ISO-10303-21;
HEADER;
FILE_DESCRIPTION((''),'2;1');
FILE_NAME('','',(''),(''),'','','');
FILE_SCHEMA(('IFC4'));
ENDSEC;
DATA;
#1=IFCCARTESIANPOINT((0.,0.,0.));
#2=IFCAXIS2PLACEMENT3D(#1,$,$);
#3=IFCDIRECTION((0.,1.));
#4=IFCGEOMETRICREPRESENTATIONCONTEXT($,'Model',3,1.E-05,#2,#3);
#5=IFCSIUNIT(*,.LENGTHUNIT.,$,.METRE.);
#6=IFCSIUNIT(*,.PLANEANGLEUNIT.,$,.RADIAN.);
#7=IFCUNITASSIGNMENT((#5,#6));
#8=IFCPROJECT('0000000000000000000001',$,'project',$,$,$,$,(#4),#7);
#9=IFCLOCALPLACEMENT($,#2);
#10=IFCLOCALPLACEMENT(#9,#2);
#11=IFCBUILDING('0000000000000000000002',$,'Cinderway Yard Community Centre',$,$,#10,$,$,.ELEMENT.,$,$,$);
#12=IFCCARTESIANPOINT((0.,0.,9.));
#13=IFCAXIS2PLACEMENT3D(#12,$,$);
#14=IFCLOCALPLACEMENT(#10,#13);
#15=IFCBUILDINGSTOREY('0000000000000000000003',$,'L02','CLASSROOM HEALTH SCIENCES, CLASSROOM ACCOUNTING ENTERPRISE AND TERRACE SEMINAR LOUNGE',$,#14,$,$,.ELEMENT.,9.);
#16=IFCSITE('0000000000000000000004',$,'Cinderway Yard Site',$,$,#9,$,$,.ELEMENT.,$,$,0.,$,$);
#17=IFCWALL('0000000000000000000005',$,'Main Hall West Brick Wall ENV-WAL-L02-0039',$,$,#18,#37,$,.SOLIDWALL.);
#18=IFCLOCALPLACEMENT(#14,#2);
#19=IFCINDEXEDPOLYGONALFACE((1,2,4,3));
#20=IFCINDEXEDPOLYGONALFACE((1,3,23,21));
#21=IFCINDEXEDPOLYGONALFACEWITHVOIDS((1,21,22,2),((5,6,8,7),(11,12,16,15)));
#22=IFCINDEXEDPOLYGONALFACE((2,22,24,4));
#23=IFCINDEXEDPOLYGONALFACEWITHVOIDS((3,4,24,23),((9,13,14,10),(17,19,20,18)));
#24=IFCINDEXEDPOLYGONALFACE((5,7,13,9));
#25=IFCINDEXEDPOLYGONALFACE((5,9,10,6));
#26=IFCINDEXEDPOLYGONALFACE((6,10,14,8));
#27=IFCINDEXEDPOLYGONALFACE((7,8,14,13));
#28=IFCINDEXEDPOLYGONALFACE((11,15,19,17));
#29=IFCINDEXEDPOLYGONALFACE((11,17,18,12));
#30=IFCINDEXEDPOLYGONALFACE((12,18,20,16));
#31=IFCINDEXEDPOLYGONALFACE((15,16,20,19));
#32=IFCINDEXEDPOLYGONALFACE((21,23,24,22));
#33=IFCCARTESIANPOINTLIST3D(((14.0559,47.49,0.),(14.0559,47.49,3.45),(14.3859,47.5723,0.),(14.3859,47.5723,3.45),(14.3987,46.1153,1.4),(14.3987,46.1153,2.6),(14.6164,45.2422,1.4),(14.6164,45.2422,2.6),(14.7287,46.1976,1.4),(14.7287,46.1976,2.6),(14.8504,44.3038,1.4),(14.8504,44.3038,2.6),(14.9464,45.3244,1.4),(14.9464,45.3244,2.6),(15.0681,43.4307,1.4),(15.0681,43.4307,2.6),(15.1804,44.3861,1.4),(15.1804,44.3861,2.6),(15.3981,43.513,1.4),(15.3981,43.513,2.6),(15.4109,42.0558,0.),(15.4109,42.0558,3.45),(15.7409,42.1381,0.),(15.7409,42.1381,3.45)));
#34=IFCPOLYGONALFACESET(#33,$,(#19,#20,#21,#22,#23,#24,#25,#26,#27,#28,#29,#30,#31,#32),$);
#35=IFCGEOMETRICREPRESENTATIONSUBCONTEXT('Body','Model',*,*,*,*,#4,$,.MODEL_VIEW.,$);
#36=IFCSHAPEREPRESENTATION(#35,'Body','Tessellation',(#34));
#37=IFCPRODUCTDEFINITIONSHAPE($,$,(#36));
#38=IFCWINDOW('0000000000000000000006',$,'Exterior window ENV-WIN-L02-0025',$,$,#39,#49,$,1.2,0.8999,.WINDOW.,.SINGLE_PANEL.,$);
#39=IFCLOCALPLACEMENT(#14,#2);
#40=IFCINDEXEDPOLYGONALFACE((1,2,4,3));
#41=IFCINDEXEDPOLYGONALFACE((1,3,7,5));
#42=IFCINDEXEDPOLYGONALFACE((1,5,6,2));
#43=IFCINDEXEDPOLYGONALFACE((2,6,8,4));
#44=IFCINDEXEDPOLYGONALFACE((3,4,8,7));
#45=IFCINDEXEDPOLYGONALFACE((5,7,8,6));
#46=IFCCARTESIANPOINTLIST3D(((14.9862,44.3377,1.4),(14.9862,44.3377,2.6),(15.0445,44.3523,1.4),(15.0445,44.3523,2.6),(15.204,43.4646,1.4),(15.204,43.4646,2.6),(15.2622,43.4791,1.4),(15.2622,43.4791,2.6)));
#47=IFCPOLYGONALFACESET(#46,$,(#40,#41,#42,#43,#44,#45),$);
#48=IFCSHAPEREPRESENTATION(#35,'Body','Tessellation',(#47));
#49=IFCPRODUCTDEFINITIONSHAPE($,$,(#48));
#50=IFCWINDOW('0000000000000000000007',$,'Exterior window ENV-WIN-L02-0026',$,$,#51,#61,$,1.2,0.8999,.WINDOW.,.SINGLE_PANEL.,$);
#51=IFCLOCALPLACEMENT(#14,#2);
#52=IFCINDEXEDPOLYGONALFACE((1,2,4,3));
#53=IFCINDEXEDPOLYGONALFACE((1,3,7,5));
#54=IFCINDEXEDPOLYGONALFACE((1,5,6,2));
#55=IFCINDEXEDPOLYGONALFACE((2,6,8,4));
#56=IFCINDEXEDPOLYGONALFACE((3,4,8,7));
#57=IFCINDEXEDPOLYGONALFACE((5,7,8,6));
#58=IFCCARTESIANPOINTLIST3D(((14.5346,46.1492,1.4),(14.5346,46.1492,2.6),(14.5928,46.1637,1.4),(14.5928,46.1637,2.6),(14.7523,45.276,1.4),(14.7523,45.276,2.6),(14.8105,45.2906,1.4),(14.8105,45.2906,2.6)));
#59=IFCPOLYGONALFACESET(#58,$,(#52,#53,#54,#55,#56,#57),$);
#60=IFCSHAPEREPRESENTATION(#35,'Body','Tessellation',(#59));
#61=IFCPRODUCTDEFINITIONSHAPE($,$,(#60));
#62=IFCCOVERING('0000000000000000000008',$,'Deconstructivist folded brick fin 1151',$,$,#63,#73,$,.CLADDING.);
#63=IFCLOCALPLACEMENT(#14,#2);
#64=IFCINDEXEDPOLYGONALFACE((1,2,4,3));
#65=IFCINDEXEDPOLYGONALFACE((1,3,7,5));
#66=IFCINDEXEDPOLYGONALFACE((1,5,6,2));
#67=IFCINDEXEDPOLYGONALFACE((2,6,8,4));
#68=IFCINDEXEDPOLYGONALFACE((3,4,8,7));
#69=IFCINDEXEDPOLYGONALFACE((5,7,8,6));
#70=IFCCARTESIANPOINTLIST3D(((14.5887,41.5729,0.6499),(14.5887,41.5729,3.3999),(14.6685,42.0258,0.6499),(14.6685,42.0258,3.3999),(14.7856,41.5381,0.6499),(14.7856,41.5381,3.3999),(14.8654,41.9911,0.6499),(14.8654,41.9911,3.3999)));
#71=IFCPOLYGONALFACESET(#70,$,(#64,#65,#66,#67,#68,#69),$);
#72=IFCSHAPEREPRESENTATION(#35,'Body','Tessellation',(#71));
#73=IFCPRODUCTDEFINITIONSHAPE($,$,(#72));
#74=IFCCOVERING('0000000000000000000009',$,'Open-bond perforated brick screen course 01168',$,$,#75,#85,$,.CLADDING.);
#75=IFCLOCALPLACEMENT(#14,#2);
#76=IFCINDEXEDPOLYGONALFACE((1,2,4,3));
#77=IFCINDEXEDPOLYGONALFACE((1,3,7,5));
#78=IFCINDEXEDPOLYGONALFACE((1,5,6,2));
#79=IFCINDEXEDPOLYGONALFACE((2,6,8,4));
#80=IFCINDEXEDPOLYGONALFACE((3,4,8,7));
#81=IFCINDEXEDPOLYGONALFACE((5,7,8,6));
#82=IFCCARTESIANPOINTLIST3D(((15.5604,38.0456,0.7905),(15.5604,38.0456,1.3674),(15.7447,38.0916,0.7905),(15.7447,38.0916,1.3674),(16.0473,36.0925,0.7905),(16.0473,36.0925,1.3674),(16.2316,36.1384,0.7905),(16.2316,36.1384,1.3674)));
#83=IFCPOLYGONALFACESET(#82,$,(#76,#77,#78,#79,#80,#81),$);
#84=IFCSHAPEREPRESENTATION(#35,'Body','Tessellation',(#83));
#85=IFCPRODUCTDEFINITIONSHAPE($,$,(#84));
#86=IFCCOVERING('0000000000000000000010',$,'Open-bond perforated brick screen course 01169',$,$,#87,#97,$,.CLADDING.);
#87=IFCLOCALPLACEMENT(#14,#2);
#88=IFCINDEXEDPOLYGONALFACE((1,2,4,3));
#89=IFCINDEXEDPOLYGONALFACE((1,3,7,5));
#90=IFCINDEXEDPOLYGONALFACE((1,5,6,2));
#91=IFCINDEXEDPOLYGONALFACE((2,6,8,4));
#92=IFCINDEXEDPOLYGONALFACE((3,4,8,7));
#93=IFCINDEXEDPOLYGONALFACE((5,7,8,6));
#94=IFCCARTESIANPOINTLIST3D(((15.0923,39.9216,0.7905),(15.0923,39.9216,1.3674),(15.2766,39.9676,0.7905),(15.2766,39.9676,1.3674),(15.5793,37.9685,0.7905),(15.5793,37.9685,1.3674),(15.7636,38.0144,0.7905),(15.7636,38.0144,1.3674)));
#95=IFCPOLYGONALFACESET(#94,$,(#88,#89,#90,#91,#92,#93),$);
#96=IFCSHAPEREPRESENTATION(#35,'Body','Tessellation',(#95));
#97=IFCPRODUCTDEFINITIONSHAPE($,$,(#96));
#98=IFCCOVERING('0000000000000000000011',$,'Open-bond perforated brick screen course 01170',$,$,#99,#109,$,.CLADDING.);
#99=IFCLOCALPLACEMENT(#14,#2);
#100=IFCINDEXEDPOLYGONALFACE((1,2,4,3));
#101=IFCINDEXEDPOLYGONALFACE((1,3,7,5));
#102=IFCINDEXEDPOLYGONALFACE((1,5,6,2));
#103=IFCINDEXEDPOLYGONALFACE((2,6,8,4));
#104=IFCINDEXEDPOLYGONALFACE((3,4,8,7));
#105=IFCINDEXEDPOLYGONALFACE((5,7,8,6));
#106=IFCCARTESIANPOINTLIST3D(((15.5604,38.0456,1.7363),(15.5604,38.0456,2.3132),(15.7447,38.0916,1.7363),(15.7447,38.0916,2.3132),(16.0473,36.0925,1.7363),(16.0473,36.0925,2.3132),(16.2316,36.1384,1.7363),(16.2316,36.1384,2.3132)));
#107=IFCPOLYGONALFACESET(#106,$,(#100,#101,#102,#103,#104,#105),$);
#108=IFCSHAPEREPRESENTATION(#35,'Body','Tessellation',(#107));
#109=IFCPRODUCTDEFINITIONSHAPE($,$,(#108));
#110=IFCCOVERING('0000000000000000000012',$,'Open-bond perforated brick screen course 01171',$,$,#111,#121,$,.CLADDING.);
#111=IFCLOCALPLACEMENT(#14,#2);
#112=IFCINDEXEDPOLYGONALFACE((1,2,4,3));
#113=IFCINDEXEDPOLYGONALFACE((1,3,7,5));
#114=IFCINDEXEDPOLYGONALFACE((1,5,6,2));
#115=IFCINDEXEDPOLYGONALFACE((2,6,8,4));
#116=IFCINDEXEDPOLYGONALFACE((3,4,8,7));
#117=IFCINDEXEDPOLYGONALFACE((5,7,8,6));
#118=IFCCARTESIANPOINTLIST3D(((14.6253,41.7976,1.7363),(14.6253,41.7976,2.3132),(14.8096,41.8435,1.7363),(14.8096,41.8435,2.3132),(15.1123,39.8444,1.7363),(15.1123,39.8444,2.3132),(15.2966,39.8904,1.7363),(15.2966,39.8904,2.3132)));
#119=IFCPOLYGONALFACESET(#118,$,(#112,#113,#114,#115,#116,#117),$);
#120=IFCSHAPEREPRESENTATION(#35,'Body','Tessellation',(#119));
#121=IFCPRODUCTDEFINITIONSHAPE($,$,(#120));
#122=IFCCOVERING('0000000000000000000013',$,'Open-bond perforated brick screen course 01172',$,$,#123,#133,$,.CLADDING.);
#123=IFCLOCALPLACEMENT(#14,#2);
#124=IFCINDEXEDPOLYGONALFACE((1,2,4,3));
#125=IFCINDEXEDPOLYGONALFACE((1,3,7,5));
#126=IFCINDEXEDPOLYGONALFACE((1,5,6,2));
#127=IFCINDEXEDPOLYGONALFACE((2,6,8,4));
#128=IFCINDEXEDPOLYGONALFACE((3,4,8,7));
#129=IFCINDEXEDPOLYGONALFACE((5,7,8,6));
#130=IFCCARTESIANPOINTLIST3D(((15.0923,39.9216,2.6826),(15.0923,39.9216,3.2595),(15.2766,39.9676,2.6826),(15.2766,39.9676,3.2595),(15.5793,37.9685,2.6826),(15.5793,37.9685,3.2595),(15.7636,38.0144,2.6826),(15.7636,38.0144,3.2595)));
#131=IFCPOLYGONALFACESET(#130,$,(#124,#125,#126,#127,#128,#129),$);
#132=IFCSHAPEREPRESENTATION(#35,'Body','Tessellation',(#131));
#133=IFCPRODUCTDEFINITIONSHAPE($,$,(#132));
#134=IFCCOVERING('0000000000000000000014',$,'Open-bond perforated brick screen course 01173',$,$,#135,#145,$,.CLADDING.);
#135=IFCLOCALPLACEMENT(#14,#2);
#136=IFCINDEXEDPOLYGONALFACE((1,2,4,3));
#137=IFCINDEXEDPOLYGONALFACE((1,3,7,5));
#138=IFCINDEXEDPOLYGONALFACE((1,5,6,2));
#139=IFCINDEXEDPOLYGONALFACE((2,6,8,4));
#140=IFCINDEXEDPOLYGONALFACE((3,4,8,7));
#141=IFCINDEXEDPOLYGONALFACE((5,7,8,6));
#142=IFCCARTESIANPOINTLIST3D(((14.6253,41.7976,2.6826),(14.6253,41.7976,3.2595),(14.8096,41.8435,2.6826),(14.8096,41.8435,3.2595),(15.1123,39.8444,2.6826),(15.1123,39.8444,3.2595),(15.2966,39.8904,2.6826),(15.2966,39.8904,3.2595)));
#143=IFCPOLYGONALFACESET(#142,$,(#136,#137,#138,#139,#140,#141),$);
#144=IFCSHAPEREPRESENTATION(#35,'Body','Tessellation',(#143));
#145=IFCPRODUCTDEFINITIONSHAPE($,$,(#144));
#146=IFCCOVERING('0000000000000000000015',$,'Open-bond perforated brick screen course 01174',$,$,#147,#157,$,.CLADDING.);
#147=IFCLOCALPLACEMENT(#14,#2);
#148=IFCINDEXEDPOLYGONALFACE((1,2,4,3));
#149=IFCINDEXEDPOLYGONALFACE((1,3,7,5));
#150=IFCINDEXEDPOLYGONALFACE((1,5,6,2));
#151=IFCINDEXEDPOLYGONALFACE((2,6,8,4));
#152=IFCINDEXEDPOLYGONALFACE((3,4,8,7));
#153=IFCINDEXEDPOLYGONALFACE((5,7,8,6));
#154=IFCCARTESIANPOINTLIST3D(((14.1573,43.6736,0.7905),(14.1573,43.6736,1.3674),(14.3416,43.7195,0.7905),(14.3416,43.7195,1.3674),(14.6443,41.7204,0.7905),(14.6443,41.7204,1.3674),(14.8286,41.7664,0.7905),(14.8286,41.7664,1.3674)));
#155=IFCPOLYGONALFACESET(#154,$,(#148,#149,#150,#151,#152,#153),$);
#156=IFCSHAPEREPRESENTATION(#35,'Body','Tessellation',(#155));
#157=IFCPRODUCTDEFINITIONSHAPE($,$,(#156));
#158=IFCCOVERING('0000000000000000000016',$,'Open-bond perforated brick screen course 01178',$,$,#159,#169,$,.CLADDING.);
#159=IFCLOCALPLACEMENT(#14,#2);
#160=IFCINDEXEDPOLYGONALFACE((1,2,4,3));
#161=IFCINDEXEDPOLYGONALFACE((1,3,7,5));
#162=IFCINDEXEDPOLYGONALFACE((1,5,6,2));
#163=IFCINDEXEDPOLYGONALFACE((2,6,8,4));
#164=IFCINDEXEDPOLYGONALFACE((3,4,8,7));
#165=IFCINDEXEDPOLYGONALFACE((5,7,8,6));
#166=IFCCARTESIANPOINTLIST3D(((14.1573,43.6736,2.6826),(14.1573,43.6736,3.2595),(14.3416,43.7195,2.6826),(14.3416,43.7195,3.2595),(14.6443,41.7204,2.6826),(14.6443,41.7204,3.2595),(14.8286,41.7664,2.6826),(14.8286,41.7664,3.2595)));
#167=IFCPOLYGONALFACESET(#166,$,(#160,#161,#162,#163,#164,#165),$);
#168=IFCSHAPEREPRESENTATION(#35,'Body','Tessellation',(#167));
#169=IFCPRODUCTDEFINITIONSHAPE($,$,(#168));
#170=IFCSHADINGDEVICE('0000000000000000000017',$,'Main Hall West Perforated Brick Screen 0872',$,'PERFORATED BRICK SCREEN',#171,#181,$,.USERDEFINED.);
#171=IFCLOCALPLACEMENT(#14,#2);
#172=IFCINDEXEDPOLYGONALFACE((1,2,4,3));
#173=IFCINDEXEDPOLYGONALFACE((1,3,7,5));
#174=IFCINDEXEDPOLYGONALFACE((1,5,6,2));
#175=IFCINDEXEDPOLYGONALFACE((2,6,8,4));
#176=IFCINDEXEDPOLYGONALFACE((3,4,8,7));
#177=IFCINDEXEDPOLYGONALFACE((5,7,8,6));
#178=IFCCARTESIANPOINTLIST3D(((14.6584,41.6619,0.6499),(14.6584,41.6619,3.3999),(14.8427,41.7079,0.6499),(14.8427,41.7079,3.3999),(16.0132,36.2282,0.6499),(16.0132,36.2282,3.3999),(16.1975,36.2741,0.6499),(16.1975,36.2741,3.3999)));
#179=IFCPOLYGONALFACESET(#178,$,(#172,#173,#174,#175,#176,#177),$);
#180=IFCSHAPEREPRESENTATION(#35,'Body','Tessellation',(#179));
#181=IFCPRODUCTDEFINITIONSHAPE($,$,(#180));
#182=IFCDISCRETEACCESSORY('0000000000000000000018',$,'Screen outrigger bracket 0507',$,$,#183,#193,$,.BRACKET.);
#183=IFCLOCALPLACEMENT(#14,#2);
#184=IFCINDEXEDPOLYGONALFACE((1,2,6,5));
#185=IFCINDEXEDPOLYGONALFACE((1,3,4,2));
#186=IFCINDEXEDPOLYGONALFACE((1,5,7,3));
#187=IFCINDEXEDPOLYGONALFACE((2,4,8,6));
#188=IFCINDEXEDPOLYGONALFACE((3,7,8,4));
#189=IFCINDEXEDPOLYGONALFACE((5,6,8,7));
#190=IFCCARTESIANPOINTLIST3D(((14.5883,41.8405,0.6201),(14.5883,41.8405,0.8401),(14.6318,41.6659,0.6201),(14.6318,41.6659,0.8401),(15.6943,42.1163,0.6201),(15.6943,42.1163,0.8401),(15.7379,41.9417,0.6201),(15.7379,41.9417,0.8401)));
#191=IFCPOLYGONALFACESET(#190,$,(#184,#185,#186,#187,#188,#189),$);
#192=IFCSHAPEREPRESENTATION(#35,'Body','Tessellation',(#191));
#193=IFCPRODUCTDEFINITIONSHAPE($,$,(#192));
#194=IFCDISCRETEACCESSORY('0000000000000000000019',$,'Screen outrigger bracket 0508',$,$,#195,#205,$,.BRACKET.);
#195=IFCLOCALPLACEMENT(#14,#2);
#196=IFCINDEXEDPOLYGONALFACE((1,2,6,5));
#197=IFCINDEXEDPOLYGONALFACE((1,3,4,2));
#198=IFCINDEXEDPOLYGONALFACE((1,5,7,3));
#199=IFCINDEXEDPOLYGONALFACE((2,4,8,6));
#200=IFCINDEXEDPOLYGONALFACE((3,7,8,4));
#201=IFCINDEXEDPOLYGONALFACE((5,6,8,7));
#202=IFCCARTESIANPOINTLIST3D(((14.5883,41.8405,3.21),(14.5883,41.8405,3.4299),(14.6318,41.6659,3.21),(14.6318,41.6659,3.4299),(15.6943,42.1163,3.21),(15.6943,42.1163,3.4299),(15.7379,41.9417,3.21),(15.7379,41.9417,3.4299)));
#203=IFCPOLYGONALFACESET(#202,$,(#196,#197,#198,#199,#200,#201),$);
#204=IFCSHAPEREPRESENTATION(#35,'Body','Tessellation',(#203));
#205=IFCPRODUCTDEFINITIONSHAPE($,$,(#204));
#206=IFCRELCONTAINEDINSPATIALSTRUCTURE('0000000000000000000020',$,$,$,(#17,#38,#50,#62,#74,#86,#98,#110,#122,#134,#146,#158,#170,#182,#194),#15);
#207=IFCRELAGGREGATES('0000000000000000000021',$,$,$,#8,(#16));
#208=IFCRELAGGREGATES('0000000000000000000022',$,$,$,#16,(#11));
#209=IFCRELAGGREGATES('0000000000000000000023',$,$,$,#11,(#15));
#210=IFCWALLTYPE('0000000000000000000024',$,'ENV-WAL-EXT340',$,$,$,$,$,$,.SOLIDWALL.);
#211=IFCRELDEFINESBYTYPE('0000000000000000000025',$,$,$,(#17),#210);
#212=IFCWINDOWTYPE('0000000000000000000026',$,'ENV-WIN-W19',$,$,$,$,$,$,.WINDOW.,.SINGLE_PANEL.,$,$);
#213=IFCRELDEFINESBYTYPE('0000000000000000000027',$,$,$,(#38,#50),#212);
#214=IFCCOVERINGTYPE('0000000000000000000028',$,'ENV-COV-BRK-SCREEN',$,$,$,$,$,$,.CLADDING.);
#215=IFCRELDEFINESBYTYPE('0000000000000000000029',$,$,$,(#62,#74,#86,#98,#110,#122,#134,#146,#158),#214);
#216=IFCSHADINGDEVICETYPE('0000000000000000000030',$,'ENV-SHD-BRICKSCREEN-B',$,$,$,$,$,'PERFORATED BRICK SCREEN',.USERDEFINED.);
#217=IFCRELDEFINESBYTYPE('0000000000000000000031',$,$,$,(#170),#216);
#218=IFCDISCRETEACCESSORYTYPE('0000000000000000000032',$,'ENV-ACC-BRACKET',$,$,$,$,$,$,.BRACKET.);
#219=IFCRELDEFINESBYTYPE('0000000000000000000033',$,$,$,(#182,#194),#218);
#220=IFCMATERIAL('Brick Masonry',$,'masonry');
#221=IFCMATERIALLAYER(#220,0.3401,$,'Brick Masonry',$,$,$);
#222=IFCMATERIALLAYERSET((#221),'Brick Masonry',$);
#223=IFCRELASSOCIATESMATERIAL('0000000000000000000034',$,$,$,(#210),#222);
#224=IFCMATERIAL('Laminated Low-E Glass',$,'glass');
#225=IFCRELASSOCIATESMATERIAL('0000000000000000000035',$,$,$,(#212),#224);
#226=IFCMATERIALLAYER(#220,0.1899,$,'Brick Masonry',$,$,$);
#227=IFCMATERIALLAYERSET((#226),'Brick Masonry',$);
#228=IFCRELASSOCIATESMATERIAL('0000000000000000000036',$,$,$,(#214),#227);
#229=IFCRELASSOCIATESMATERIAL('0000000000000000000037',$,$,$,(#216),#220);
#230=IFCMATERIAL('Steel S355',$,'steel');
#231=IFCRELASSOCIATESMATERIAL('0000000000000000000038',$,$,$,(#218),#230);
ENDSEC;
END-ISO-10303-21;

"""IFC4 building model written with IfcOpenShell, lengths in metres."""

from ifc_helpers import new_model, si_unit, direction, frame, frame_2d, origin, origin_2d, place, context, subcontext, project, spatial, rectangle, extrude, material, layer, layer_set, type_object, element, fill, save


model = new_model("IFC4")

# Units and contexts
model_context = context("Model", 3, precision=1e-05, world=origin(), true_north=direction((0.0, 1.0)))
body_context = subcontext(model_context, "Body", "Model", "MODEL_VIEW")
ifc_project = project(units=[si_unit("LENGTHUNIT", "METRE"), si_unit("PLANEANGLEUNIT", "RADIAN")], contexts=[model_context])

# Site, building, storey
site_placement = place(None, origin())
site = spatial("IfcSite", under=ifc_project, at=site_placement, Name="Cinderway Yard Site", CompositionType="ELEMENT", RefElevation=0.0)
building_placement = place(site_placement, origin())
building = spatial("IfcBuilding", under=site, at=building_placement, Name="Cinderway Yard Community Centre", CompositionType="ELEMENT")
storey_placement = place(building_placement, frame((0.0, 0.0, 9.0)))
storey = spatial("IfcBuildingStorey", under=building, at=storey_placement, Name="L02", Description="CLASSROOM HEALTH SCIENCES, CLASSROOM ACCOUNTING ENTERPRISE AND TERRACE SEMINAR LOUNGE", CompositionType="ELEMENT", Elevation=9.0)

# Shared definitions
ifc_material_1 = material(Name="Steel S355", Category="steel")

# Shared definitions
ifc_material_2 = material(Name="Brick Masonry", Category="masonry")
ifc_layer_1 = layer(ifc_material_2, 0.3401, Name="Brick Masonry")
ifc_layer_set_1 = layer_set([ifc_layer_1], Name="Brick Masonry")
wall_type = type_object("IfcWallType", Name="ENV-WAL-EXT340", PredefinedType="SOLIDWALL", material=ifc_layer_set_1)
ifc_material_3 = material(Name="Laminated Low-E Glass", Category="glass")

# Wall, openings, windows
wall_1_placement = place(storey_placement, frame((15.5759, 42.0969, 0.0), z_axis=(0.0, 0.0, 1.0), x_axis=(-0.241941, 0.970291, 0.0)))
wall_1 = element("IfcWall", 1, at=wall_1_placement, inside=storey, type_object=wall_type, Name="Main Hall West Brick Wall ENV-WAL-L02-0039", PredefinedType="SOLIDWALL", context=body_context, shape_type="SweptSolid", body=[
    extrude(rectangle(XDim=5.6006, YDim=0.3401, at=frame_2d((2.8003, 0.0))), origin(), (0.0, 0.0, 1.0), 3.45),
])
opening_1_placement = place(wall_1_placement, frame((1.417, 0.0, 1.3999)))
opening_1 = element("IfcOpeningElement", 2, at=opening_1_placement, cuts=wall_1, PredefinedType="OPENING", context=body_context, shape_type="SweptSolid", body=[
    extrude(rectangle(XDim=0.8999, YDim=1.2, at=frame_2d((0.45, 0.6001))), frame((0.0, 0.1799, 0.0), z_axis=(0.0, -1.0, 0.0), x_axis=(1.0, 0.0, 0.0)), (0.0, 0.0, 1.0), 0.3601),
])
opening_2_placement = place(wall_1_placement, frame((3.2839, 0.0, 1.3999)))
opening_2 = element("IfcOpeningElement", 3, at=opening_2_placement, cuts=wall_1, PredefinedType="OPENING", context=body_context, shape_type="SweptSolid", body=[
    extrude(rectangle(XDim=0.8999, YDim=1.2, at=frame_2d((0.45, 0.6001))), frame((0.0, 0.1799, 0.0), z_axis=(0.0, -1.0, 0.0), x_axis=(1.0, 0.0, 0.0)), (0.0, 0.0, 1.0), 0.3601),
])
window_type_1 = type_object("IfcWindowType", Name="ENV-WIN-W19", PartitioningType="SINGLE_PANEL", PredefinedType="WINDOW", material=ifc_material_3)
window_1_placement = place(opening_1_placement, origin())
window_1 = element("IfcWindow", 4, at=window_1_placement, inside=storey, type_object=window_type_1, Name="Exterior window ENV-WIN-L02-0025", OverallHeight=1.2, OverallWidth=0.8999, PartitioningType="SINGLE_PANEL", PredefinedType="WINDOW", context=body_context, shape_type="SweptSolid", body=[
    extrude(rectangle(XDim=0.8999, YDim=1.2, at=frame_2d((0.45, 0.6001))), frame((0.0, 0.03, 0.0), z_axis=(0.0, -1.0, 0.0), x_axis=(1.0, 0.0, 0.0)), (0.0, 0.0, 1.0), 0.0601),
])
fill(opening_1, window_1)
window_2_placement = place(opening_2_placement, origin())
window_2 = element("IfcWindow", 5, at=window_2_placement, inside=storey, type_object=window_type_1, Name="Exterior window ENV-WIN-L02-0026", OverallHeight=1.2, OverallWidth=0.8999, PartitioningType="SINGLE_PANEL", PredefinedType="WINDOW", context=body_context, shape_type="SweptSolid", body=[
    extrude(rectangle(XDim=0.8999, YDim=1.2, at=frame_2d((0.45, 0.6001))), frame((0.0, 0.03, 0.0), z_axis=(0.0, -1.0, 0.0), x_axis=(1.0, 0.0, 0.0)), (0.0, 0.0, 1.0), 0.0601),
])
fill(opening_2, window_2)

# Coverings
ifc_layer_2 = layer(ifc_material_2, 0.1899, Name="Brick Masonry")
ifc_layer_set_2 = layer_set([ifc_layer_2], Name="Brick Masonry")
covering_type = type_object("IfcCoveringType", Name="ENV-COV-BRK-SCREEN", PredefinedType="CLADDING", material=ifc_layer_set_2)
covering_placement = place(storey_placement, frame((14.7271, 41.782, 0.6499), z_axis=(0.0, 0.0, 1.0), x_axis=(0.173648, 0.984808, 0.0)))
element("IfcCovering", 6, at=covering_placement, inside=storey, type_object=covering_type, Name="Deconstructivist folded brick fin 1151", PredefinedType="CLADDING", context=body_context, shape_type="SweptSolid", body=[
    extrude(rectangle(XDim=0.46, YDim=0.2, at=origin_2d()), origin(), (0.0, 0.0, 1.0), 2.75),
])
for number, where, z_axis, x_axis, name in (
    (7, (15.896, 37.092, 0.7905), (0.0, 0.0, 1.0), (-0.241922, 0.970296, 0.0), "Open-bond perforated brick screen course 01168"),
    (8, (15.428, 38.968, 0.7905), (0.0, 0.0, 1.0), (-0.241922, 0.970296, 0.0), "Open-bond perforated brick screen course 01169"),
    (9, (15.896, 37.092, 1.7363), (0.0, 0.0, 1.0), (-0.241922, 0.970296, 0.0), "Open-bond perforated brick screen course 01170"),
    (10, (14.9609, 40.844, 1.7363), (0.0, 0.0, 1.0), (-0.241922, 0.970296, 0.0), "Open-bond perforated brick screen course 01171"),
    (11, (15.428, 38.968, 2.6826), (0.0, 0.0, 1.0), (-0.241922, 0.970296, 0.0), "Open-bond perforated brick screen course 01172"),
    (12, (14.9609, 40.844, 2.6826), (0.0, 0.0, 1.0), (-0.241922, 0.970296, 0.0), "Open-bond perforated brick screen course 01173"),
    (13, (14.4929, 42.72, 0.7905), (0.0, 0.0, 1.0), (-0.241922, 0.970296, 0.0), "Open-bond perforated brick screen course 01174"),
    (14, (14.4929, 42.72, 2.6826), (0.0, 0.0, 1.0), (-0.241922, 0.970296, 0.0), "Open-bond perforated brick screen course 01178"),
):
    element("IfcCovering", number, at=place(storey_placement, frame(where, z_axis=z_axis, x_axis=x_axis)), inside=storey, type_object=covering_type, Name=name, PredefinedType="CLADDING", context=body_context, shape_type="SweptSolid", body=[
        extrude(rectangle(XDim=2.0129, YDim=0.1899, at=origin_2d()), origin(), (0.0, 0.0, 1.0), 0.5769),
    ])

# Shading device
shading_device_type = type_object("IfcShadingDeviceType", Name="ENV-SHD-BRICKSCREEN-B", ElementType="PERFORATED BRICK SCREEN", PredefinedType="USERDEFINED", material=ifc_material_2)
shading_device_placement = place(storey_placement, frame((15.428, 38.968, 0.6499), z_axis=(0.0, 0.0, 1.0), x_axis=(-0.241922, 0.970296, 0.0)))
element("IfcShadingDevice", 15, at=shading_device_placement, inside=storey, type_object=shading_device_type, Name="Main Hall West Perforated Brick Screen 0872", ObjectType="PERFORATED BRICK SCREEN", PredefinedType="USERDEFINED", context=body_context, shape_type="SweptSolid", body=[
    extrude(rectangle(XDim=5.6001, YDim=0.1899, at=origin_2d()), origin(), (0.0, 0.0, 1.0), 2.75),
])

# Discrete accessories
discrete_accessory_type = type_object("IfcDiscreteAccessoryType", Name="ENV-ACC-BRACKET", PredefinedType="BRACKET", material=ifc_material_1)
for number, where, z_axis, x_axis, name in (
    (16, (15.1631, 41.8911, 0.6201), (0.0, 0.0, 1.0), (-0.970296, -0.241922, 0.0), "Screen outrigger bracket 0507"),
    (17, (15.1631, 41.8911, 3.21), (0.0, 0.0, 1.0), (-0.970296, -0.241922, 0.0), "Screen outrigger bracket 0508"),
):
    element("IfcDiscreteAccessory", number, at=place(storey_placement, frame(where, z_axis=z_axis, x_axis=x_axis)), inside=storey, type_object=discrete_accessory_type, Name=name, PredefinedType="BRACKET", context=body_context, shape_type="SweptSolid", body=[
        extrude(rectangle(XDim=1.1399, YDim=0.1799, at=origin_2d()), origin(), (0.0, 0.0, 1.0), 0.22),
    ])

save(model, "model.ifc")
